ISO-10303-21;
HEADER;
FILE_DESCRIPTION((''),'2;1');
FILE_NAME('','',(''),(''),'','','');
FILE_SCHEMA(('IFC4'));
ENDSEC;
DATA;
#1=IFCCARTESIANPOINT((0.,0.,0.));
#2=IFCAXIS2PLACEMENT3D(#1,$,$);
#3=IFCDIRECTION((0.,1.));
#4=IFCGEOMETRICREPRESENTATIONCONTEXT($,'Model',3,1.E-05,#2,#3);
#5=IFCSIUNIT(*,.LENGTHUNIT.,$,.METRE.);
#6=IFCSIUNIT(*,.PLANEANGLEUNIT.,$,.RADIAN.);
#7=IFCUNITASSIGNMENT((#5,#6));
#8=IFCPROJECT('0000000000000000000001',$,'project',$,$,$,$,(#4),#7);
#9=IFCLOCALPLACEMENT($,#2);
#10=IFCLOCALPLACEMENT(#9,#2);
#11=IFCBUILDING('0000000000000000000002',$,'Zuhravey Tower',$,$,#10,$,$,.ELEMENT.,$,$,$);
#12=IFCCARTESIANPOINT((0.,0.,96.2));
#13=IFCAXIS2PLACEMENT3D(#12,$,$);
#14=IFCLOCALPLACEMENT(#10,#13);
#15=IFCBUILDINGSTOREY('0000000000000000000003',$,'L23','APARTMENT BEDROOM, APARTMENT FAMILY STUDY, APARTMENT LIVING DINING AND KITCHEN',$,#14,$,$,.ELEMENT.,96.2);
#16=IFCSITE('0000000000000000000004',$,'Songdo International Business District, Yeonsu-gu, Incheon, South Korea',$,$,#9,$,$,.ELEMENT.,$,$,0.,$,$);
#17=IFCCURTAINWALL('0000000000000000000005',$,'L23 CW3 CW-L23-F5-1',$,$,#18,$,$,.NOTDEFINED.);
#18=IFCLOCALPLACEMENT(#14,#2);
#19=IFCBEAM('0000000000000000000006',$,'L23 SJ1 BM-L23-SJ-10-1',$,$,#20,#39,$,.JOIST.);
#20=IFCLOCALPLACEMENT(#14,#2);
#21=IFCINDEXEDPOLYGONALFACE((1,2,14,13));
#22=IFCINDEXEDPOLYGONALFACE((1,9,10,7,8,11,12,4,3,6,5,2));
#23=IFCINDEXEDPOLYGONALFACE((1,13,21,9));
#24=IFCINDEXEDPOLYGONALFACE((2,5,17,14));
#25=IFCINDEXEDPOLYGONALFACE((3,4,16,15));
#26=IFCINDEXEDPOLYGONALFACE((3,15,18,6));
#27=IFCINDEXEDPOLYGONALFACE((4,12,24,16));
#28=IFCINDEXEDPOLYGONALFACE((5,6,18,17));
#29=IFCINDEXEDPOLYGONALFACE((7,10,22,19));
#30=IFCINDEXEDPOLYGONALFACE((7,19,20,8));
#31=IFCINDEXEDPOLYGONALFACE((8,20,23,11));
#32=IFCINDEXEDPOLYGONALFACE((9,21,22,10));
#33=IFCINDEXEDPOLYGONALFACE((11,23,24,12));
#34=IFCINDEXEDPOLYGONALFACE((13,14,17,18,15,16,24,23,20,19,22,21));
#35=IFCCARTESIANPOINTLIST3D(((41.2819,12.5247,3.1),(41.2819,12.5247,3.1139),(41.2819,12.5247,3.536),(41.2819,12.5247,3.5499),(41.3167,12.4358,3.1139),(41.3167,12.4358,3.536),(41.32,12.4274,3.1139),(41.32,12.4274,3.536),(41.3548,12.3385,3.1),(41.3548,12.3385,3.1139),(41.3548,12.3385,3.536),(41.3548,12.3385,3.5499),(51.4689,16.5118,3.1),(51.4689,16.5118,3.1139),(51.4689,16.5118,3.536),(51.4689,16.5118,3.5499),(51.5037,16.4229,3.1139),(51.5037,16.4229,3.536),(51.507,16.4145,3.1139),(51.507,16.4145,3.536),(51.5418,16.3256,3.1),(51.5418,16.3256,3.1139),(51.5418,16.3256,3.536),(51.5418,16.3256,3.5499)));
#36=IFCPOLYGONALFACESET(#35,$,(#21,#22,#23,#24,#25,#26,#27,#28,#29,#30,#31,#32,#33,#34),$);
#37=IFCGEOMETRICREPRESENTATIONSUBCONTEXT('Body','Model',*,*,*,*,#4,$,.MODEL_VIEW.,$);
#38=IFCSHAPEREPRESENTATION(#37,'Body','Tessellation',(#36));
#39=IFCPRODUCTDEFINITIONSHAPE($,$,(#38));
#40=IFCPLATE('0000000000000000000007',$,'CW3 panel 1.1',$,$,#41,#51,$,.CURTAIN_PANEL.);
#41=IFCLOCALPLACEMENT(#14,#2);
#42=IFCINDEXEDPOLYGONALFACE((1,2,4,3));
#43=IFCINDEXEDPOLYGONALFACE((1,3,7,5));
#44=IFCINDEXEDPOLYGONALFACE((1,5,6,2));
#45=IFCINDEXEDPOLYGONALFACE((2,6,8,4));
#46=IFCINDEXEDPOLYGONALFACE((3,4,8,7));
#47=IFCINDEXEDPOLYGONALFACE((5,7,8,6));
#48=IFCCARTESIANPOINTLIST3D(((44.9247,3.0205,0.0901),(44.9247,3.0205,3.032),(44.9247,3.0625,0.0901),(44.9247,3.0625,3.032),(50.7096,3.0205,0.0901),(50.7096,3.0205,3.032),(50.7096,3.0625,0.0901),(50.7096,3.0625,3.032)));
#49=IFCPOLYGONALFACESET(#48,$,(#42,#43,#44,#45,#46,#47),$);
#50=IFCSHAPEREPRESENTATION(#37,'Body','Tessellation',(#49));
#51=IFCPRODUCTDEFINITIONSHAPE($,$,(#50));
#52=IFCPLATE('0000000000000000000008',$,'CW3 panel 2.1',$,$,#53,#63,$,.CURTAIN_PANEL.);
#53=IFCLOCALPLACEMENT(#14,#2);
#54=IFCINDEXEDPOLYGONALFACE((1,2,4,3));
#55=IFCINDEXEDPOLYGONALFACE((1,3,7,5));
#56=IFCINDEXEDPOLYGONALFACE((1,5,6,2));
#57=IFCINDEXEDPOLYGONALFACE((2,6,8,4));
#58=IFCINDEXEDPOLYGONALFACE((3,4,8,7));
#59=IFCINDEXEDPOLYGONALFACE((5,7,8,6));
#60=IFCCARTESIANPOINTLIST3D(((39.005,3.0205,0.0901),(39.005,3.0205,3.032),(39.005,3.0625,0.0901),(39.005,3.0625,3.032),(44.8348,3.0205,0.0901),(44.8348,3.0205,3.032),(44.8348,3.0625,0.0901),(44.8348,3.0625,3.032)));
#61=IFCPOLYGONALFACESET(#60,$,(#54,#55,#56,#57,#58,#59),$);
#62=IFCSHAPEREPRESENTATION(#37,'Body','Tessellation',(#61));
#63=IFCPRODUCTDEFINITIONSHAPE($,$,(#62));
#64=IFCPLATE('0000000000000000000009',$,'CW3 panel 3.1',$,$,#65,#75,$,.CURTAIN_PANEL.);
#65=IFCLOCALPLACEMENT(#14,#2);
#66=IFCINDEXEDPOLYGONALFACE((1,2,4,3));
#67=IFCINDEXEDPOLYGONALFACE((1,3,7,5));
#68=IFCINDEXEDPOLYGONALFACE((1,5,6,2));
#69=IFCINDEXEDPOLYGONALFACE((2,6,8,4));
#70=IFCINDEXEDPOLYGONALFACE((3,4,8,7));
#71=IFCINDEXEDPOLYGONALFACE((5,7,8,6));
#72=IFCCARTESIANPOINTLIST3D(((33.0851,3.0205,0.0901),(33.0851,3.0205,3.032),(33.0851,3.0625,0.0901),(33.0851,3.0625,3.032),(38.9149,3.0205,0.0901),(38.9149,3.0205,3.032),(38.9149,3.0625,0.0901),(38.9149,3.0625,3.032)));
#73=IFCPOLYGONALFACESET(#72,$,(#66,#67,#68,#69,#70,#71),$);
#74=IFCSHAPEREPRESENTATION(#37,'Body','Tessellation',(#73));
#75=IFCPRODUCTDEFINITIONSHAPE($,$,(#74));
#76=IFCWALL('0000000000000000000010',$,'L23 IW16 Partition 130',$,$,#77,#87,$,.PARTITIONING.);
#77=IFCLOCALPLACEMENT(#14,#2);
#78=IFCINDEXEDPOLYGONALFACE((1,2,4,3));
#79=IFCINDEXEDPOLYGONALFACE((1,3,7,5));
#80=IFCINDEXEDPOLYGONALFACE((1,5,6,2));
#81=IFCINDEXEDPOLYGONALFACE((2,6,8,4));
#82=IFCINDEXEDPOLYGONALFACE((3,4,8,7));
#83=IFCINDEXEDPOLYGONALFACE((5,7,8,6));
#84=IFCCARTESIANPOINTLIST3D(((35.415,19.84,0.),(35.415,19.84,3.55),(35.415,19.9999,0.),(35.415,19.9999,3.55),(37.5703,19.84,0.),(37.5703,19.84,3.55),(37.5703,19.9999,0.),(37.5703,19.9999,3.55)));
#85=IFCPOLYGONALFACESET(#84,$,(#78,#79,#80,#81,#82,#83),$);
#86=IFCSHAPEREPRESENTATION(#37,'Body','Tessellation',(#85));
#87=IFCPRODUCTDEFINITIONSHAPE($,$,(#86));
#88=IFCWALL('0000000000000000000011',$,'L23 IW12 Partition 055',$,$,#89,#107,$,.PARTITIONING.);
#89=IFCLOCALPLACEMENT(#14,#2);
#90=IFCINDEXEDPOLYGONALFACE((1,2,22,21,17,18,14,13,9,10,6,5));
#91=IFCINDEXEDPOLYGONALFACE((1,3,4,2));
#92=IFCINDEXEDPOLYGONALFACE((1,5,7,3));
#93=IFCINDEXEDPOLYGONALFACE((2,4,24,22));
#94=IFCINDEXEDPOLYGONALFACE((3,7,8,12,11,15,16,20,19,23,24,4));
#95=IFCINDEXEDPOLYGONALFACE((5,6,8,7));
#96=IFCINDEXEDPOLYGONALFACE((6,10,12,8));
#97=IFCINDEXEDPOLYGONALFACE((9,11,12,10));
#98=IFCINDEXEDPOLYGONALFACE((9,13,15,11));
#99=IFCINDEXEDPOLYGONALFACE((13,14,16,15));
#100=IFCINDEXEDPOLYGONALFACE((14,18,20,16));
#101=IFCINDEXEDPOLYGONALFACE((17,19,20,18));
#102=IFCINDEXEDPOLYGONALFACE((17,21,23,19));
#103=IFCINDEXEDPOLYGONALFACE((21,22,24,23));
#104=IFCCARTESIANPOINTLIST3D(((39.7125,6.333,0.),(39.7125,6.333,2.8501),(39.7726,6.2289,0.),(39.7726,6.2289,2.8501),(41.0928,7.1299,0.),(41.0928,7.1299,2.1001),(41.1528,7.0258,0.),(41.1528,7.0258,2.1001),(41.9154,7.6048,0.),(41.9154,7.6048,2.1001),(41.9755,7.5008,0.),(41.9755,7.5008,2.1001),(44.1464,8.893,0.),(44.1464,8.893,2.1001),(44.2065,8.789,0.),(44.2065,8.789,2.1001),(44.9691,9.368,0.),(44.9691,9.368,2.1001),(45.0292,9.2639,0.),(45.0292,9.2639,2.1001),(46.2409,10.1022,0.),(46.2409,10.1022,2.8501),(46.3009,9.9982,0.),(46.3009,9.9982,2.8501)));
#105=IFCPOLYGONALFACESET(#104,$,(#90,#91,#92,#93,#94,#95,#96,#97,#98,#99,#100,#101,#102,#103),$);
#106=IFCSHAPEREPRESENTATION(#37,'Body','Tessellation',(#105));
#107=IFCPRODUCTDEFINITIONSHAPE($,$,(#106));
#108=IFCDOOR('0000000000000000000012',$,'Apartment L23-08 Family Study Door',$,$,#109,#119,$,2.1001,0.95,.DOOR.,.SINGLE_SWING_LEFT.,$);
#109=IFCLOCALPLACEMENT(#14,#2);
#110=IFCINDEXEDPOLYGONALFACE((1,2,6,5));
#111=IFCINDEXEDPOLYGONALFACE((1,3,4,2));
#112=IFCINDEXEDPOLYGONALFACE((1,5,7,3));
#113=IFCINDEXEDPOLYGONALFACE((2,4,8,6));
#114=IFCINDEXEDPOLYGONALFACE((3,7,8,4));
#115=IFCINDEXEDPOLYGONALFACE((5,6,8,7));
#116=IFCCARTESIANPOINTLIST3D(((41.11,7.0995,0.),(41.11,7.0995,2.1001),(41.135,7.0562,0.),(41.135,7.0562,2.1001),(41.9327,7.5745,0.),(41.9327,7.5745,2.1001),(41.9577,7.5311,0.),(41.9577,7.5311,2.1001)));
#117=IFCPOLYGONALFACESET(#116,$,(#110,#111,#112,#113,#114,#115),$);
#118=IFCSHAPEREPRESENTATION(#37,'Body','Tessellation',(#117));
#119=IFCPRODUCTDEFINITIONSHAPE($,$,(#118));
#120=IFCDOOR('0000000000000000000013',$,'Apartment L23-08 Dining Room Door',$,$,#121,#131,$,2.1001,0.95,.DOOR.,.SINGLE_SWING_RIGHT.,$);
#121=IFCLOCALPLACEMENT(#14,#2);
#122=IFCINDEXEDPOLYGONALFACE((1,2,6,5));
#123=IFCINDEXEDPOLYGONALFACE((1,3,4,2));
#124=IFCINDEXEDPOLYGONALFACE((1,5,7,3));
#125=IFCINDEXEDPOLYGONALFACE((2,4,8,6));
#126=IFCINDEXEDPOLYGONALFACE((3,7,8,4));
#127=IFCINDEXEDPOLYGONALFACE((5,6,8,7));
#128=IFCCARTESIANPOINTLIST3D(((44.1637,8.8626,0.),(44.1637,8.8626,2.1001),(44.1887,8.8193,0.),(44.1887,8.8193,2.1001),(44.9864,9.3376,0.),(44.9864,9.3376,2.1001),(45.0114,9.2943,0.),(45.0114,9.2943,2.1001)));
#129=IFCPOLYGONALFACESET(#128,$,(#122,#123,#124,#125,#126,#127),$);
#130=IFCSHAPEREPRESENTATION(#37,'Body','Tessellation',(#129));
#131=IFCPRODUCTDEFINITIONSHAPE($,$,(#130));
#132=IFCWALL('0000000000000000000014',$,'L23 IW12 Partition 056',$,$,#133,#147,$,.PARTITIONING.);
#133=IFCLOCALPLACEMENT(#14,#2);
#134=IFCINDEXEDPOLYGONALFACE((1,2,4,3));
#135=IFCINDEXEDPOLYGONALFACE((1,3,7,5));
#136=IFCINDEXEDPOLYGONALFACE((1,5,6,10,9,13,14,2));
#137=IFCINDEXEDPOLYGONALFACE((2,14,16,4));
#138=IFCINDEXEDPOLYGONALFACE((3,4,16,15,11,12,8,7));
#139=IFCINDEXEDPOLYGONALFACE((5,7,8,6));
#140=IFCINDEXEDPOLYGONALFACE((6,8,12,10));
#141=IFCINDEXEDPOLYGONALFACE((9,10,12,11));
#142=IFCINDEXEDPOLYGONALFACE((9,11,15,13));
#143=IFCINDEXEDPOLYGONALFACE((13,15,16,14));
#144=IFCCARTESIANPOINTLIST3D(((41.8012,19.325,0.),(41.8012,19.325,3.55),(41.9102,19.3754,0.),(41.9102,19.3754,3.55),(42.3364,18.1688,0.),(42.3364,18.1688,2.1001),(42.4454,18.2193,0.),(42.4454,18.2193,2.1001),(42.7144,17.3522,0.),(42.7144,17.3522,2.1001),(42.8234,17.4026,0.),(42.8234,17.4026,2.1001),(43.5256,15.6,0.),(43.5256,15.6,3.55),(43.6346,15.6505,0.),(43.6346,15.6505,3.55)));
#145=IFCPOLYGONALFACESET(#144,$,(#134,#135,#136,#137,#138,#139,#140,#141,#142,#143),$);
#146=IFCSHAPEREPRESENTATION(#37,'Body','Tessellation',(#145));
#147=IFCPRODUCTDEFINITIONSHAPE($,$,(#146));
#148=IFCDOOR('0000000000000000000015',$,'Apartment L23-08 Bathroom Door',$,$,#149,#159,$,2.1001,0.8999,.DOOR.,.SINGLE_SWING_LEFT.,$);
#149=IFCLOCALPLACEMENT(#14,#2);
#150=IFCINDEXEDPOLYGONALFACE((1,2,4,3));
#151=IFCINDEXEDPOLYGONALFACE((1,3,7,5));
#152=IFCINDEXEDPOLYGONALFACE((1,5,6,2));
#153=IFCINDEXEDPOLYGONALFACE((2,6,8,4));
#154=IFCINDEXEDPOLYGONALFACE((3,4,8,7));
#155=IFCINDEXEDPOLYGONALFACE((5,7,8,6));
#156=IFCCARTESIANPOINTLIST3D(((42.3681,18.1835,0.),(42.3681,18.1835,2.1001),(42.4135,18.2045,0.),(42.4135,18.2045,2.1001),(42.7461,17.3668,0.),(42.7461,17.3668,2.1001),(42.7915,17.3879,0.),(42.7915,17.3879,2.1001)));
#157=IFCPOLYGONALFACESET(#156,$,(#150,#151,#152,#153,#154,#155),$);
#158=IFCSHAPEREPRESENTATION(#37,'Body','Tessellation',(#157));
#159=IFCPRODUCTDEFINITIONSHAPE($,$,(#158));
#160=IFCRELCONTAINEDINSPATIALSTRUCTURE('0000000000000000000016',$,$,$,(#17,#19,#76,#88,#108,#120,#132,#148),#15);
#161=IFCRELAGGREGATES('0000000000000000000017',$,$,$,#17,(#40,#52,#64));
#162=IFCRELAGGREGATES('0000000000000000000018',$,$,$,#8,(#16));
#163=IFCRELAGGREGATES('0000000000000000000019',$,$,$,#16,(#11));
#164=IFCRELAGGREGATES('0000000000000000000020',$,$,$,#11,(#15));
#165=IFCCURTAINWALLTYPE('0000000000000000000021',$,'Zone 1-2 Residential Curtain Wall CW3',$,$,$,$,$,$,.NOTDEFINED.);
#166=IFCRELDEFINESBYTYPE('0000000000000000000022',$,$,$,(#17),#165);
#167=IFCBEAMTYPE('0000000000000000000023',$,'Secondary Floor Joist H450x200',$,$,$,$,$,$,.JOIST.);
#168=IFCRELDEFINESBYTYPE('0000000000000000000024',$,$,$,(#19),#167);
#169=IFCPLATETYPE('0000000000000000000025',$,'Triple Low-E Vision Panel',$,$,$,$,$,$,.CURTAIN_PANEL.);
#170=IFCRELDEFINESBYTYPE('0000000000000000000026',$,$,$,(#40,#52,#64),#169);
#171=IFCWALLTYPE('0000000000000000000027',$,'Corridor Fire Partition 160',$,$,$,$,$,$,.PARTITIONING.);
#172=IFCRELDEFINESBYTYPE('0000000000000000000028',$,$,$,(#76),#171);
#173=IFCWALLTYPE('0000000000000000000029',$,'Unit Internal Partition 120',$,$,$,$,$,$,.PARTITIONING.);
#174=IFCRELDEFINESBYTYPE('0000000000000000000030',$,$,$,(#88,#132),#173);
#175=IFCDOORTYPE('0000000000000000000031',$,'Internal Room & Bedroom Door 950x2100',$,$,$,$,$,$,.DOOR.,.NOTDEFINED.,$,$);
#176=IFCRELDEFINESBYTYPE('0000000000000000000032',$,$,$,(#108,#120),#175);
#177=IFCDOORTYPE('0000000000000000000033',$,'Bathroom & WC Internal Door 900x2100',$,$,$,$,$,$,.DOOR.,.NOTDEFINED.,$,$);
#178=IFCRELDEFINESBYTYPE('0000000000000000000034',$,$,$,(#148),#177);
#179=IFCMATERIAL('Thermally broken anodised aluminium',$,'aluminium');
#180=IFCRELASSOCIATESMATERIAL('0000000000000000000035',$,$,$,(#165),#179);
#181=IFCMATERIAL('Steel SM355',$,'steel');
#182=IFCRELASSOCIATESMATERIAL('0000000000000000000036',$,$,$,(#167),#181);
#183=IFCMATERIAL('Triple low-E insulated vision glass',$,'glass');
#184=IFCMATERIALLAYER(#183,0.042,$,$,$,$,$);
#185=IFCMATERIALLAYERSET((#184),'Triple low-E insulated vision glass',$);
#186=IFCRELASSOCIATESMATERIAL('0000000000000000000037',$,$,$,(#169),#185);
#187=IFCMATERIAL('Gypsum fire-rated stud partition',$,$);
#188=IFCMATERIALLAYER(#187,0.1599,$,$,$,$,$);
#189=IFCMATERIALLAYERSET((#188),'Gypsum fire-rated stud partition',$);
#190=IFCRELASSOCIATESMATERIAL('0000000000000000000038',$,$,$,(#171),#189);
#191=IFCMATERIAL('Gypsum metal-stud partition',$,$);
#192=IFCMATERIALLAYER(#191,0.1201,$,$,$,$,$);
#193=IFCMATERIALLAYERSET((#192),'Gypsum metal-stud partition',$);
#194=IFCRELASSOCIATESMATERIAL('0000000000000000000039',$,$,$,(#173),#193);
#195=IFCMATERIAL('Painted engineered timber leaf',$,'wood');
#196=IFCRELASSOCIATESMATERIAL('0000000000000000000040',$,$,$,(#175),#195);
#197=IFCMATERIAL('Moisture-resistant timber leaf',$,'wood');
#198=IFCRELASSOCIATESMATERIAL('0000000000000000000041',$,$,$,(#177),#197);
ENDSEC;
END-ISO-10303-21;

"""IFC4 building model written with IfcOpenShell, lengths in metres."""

from ifc_helpers import new_model, si_unit, direction, frame, frame_2d, origin, origin_2d, place, context, subcontext, project, spatial, rectangle, i_section, extrude, material, layer, layer_set, material_profile, profile_set, type_object, element, fill, aggregate, save


model = new_model("IFC4")

# Units and contexts
model_context = context("Model", 3, precision=1e-05, world=origin(), true_north=direction((0.0, 1.0)))
body_context = subcontext(model_context, "Body", "Model", "MODEL_VIEW")
ifc_project = project(units=[si_unit("LENGTHUNIT", "METRE"), si_unit("PLANEANGLEUNIT", "RADIAN")], contexts=[model_context])

# Site, building, storey
site_placement = place(None, origin())
site = spatial("IfcSite", under=ifc_project, at=site_placement, Name="Songdo International Business District, Yeonsu-gu, Incheon, South Korea", CompositionType="ELEMENT", RefElevation=0.0)
building_placement = place(site_placement, origin())
building = spatial("IfcBuilding", under=site, at=building_placement, Name="Zuhravey Tower", CompositionType="ELEMENT")
storey_placement = place(building_placement, frame((0.0, 0.0, 96.2)))
storey = spatial("IfcBuildingStorey", under=building, at=storey_placement, Name="L23", Description="APARTMENT BEDROOM, APARTMENT FAMILY STUDY, APARTMENT LIVING DINING AND KITCHEN", CompositionType="ELEMENT", Elevation=96.2)

# Curtain wall
ifc_material_1 = material(Name="Thermally broken anodised aluminium", Category="aluminium")
curtain_wall_type = type_object("IfcCurtainWallType", Name="Zone 1-2 Residential Curtain Wall CW3", PredefinedType="NOTDEFINED", material=ifc_material_1)
curtain_wall_placement = place(storey_placement, origin())
curtain_wall = element("IfcCurtainWall", 1, at=curtain_wall_placement, inside=storey, type_object=curtain_wall_type, Name="L23 CW3 CW-L23-F5-1", PredefinedType="NOTDEFINED")

# Beam
ifc_material_2 = material(Name="Steel SM355", Category="steel")
ifc_material_profile_1 = material_profile(ifc_material_2, i_section(OverallWidth=0.2, OverallDepth=0.45, WebThickness=0.009, FlangeThickness=0.0139, at=origin_2d()), Name="H-450x200x9x14")
ifc_profile_set_1 = profile_set([ifc_material_profile_1], Name="Steel SM355")
beam_type_1 = type_object("IfcBeamType", Name="Secondary Floor Joist H450x200", PredefinedType="JOIST", material=ifc_profile_set_1)
beam_1_placement = place(storey_placement, frame((41.3184, 12.4316, 3.325), z_axis=(0.931217, 0.364466, 0.0), x_axis=(-0.364466, 0.931217, 0.0)))
element("IfcBeam", 2, at=beam_1_placement, inside=storey, type_object=beam_type_1, Name="L23 SJ1 BM-L23-SJ-10-1", PredefinedType="JOIST", context=body_context, shape_type="SweptSolid", body=[
    extrude(i_section(OverallWidth=0.2, OverallDepth=0.45, WebThickness=0.009, FlangeThickness=0.0139, at=origin_2d()), origin(), (0.0, 0.0, 1.0), 10.9395),
])

# Plates
ifc_material_3 = material(Name="Triple low-E insulated vision glass", Category="glass")
ifc_layer_1 = layer(ifc_material_3, 0.042)
ifc_layer_set_1 = layer_set([ifc_layer_1], Name="Triple low-E insulated vision glass")
plate_type = type_object("IfcPlateType", Name="Triple Low-E Vision Panel", PredefinedType="CURTAIN_PANEL", material=ifc_layer_set_1)
plate_1_placement = place(storey_placement, frame((47.8171, 3.0415, 0.0901), z_axis=(0.0, 0.0, 1.0), x_axis=(-1.0, 0.0, 0.0)))
plate_1 = element("IfcPlate", 3, at=plate_1_placement, type_object=plate_type, Name="CW3 panel 1.1", PredefinedType="CURTAIN_PANEL", context=body_context, shape_type="SweptSolid", body=[
    extrude(rectangle(XDim=5.7849, YDim=0.042, at=origin_2d()), origin(), (0.0, 0.0, 1.0), 2.9419),
])
plate_2_placement = place(storey_placement, frame((41.9199, 3.0415, 0.0901), z_axis=(0.0, 0.0, 1.0), x_axis=(-1.0, 0.0, 0.0)))
plate_2 = element("IfcPlate", 4, at=plate_2_placement, type_object=plate_type, Name="CW3 panel 2.1", PredefinedType="CURTAIN_PANEL", context=body_context, shape_type="SweptSolid", body=[
    extrude(rectangle(XDim=5.8298, YDim=0.042, at=origin_2d()), origin(), (0.0, 0.0, 1.0), 2.9419),
])
plate_3_placement = place(storey_placement, frame((36.0, 3.0415, 0.0901), z_axis=(0.0, 0.0, 1.0), x_axis=(-1.0, 0.0, 0.0)))
plate_3 = element("IfcPlate", 5, at=plate_3_placement, type_object=plate_type, Name="CW3 panel 3.1", PredefinedType="CURTAIN_PANEL", context=body_context, shape_type="SweptSolid", body=[
    extrude(rectangle(XDim=5.8298, YDim=0.042, at=origin_2d()), origin(), (0.0, 0.0, 1.0), 2.9419),
])
aggregate(curtain_wall, [plate_1, plate_2, plate_3])

# Wall
ifc_material_4 = material(Name="Gypsum fire-rated stud partition")
ifc_layer_2 = layer(ifc_material_4, 0.1599)
ifc_layer_set_2 = layer_set([ifc_layer_2], Name="Gypsum fire-rated stud partition")
wall_type_1 = type_object("IfcWallType", Name="Corridor Fire Partition 160", PredefinedType="PARTITIONING", material=ifc_layer_set_2)
wall_1_placement = place(storey_placement, frame((35.415, 19.9199, 0.0), z_axis=(0.0, 0.0, 1.0), x_axis=(1.0, 0.0, 0.0)))
element("IfcWall", 6, at=wall_1_placement, inside=storey, type_object=wall_type_1, Name="L23 IW16 Partition 130", PredefinedType="PARTITIONING", context=body_context, shape_type="SweptSolid", body=[
    extrude(rectangle(XDim=2.1553, YDim=0.1599, at=frame_2d((1.0776, 0.0))), origin(), (0.0, 0.0, 1.0), 3.55),
])

# Wall, openings, doors
ifc_material_5 = material(Name="Gypsum metal-stud partition")
ifc_layer_3 = layer(ifc_material_5, 0.1201)
ifc_layer_set_3 = layer_set([ifc_layer_3], Name="Gypsum metal-stud partition")
wall_type_2 = type_object("IfcWallType", Name="Unit Internal Partition 120", PredefinedType="PARTITIONING", material=ifc_layer_set_3)
wall_2_placement = place(storey_placement, frame((39.7427, 6.281, 0.0), z_axis=(0.0, 0.0, 1.0), x_axis=(0.866016, 0.500016, 0.0)))
wall_2 = element("IfcWall", 7, at=wall_2_placement, inside=storey, type_object=wall_type_2, Name="L23 IW12 Partition 055", PredefinedType="PARTITIONING", context=body_context, shape_type="SweptSolid", body=[
    extrude(rectangle(XDim=7.5383, YDim=0.1201, at=frame_2d((3.769, 0.0))), origin(), (0.0, 0.0, 1.0), 2.8501),
])
opening_1_placement = place(wall_2_placement, frame((1.5935, 0.0, 0.0)))
opening_1 = element("IfcOpeningElement", 8, at=opening_1_placement, cuts=wall_2, PredefinedType="OPENING", context=body_context, shape_type="SweptSolid", body=[
    extrude(rectangle(XDim=0.95, YDim=2.1001, at=frame_2d((0.4751, 1.05))), frame((0.0, 0.072, 0.0), z_axis=(0.0, -1.0, 0.0), x_axis=(1.0, 0.0, 0.0)), (0.0, 0.0, 1.0), 0.144),
])
opening_2_placement = place(wall_2_placement, frame((5.1196, 0.0, 0.0)))
opening_2 = element("IfcOpeningElement", 9, at=opening_2_placement, cuts=wall_2, PredefinedType="OPENING", context=body_context, shape_type="SweptSolid", body=[
    extrude(rectangle(XDim=0.95, YDim=2.1001, at=frame_2d((0.4751, 1.05))), frame((0.0, 0.072, 0.0), z_axis=(0.0, -1.0, 0.0), x_axis=(1.0, 0.0, 0.0)), (0.0, 0.0, 1.0), 0.144),
])
ifc_material_6 = material(Name="Painted engineered timber leaf", Category="wood")
door_type_1 = type_object("IfcDoorType", Name="Internal Room & Bedroom Door 950x2100", OperationType="NOTDEFINED", PredefinedType="DOOR", material=ifc_material_6)
door_1_placement = place(opening_1_placement, frame((0.95, 0.0, 0.0), z_axis=(0.0, 0.0, 1.0), x_axis=(-1.0, 0.0, 0.0)))
door_1 = element("IfcDoor", 10, at=door_1_placement, inside=storey, type_object=door_type_1, Name="Apartment L23-08 Family Study Door", OperationType="SINGLE_SWING_LEFT", OverallHeight=2.1001, OverallWidth=0.95, PredefinedType="DOOR", context=body_context, shape_type="SweptSolid", body=[
    extrude(rectangle(XDim=0.95, YDim=2.1001, at=frame_2d((0.4751, 1.05))), frame((0.0, 0.0249, 0.0), z_axis=(0.0, -1.0, 0.0), x_axis=(1.0, 0.0, 0.0)), (0.0, 0.0, 1.0), 0.05),
])
fill(opening_1, door_1)
door_2_placement = place(opening_2_placement, frame((0.95, 0.0, 0.0), z_axis=(0.0, 0.0, 1.0), x_axis=(-1.0, 0.0, 0.0)))
door_2 = element("IfcDoor", 11, at=door_2_placement, inside=storey, type_object=door_type_1, Name="Apartment L23-08 Dining Room Door", OperationType="SINGLE_SWING_RIGHT", OverallHeight=2.1001, OverallWidth=0.95, PredefinedType="DOOR", context=body_context, shape_type="SweptSolid", body=[
    extrude(rectangle(XDim=0.95, YDim=2.1001, at=frame_2d((0.4751, 1.05))), frame((0.0, 0.0249, 0.0), z_axis=(0.0, -1.0, 0.0), x_axis=(1.0, 0.0, 0.0)), (0.0, 0.0, 1.0), 0.05),
])
fill(opening_2, door_2)

# Wall, opening, door
wall_3_placement = place(storey_placement, frame((41.8557, 19.3501, 0.0), z_axis=(0.0, 0.0, 1.0), x_axis=(0.420103, -0.907477, 0.0)))
wall_3 = element("IfcWall", 12, at=wall_3_placement, inside=storey, type_object=wall_type_2, Name="L23 IW12 Partition 056", PredefinedType="PARTITIONING", context=body_context, shape_type="SweptSolid", body=[
    extrude(rectangle(XDim=4.1047, YDim=0.1201, at=frame_2d((2.0522, 0.0))), origin(), (0.0, 0.0, 1.0), 3.55),
])
opening_3_placement = place(wall_3_placement, frame((1.2739, 0.0, 0.0)))
opening_3 = element("IfcOpeningElement", 13, at=opening_3_placement, cuts=wall_3, PredefinedType="OPENING", context=body_context, shape_type="SweptSolid", body=[
    extrude(rectangle(XDim=0.8999, YDim=2.1001, at=frame_2d((0.45, 1.05))), frame((0.0, 0.072, 0.0), z_axis=(0.0, -1.0, 0.0), x_axis=(1.0, 0.0, 0.0)), (0.0, 0.0, 1.0), 0.144),
])
ifc_material_7 = material(Name="Moisture-resistant timber leaf", Category="wood")
door_type_2 = type_object("IfcDoorType", Name="Bathroom & WC Internal Door 900x2100", OperationType="NOTDEFINED", PredefinedType="DOOR", material=ifc_material_7)
door_3_placement = place(opening_3_placement, origin())
door_3 = element("IfcDoor", 14, at=door_3_placement, inside=storey, type_object=door_type_2, Name="Apartment L23-08 Bathroom Door", OperationType="SINGLE_SWING_LEFT", OverallHeight=2.1001, OverallWidth=0.8999, PredefinedType="DOOR", context=body_context, shape_type="SweptSolid", body=[
    extrude(rectangle(XDim=0.8999, YDim=2.1001, at=frame_2d((0.45, 1.05))), frame((0.0, 0.0249, 0.0), z_axis=(0.0, -1.0, 0.0), x_axis=(1.0, 0.0, 0.0)), (0.0, 0.0, 1.0), 0.05),
])
fill(opening_3, door_3)

save(model, "model.ifc")
